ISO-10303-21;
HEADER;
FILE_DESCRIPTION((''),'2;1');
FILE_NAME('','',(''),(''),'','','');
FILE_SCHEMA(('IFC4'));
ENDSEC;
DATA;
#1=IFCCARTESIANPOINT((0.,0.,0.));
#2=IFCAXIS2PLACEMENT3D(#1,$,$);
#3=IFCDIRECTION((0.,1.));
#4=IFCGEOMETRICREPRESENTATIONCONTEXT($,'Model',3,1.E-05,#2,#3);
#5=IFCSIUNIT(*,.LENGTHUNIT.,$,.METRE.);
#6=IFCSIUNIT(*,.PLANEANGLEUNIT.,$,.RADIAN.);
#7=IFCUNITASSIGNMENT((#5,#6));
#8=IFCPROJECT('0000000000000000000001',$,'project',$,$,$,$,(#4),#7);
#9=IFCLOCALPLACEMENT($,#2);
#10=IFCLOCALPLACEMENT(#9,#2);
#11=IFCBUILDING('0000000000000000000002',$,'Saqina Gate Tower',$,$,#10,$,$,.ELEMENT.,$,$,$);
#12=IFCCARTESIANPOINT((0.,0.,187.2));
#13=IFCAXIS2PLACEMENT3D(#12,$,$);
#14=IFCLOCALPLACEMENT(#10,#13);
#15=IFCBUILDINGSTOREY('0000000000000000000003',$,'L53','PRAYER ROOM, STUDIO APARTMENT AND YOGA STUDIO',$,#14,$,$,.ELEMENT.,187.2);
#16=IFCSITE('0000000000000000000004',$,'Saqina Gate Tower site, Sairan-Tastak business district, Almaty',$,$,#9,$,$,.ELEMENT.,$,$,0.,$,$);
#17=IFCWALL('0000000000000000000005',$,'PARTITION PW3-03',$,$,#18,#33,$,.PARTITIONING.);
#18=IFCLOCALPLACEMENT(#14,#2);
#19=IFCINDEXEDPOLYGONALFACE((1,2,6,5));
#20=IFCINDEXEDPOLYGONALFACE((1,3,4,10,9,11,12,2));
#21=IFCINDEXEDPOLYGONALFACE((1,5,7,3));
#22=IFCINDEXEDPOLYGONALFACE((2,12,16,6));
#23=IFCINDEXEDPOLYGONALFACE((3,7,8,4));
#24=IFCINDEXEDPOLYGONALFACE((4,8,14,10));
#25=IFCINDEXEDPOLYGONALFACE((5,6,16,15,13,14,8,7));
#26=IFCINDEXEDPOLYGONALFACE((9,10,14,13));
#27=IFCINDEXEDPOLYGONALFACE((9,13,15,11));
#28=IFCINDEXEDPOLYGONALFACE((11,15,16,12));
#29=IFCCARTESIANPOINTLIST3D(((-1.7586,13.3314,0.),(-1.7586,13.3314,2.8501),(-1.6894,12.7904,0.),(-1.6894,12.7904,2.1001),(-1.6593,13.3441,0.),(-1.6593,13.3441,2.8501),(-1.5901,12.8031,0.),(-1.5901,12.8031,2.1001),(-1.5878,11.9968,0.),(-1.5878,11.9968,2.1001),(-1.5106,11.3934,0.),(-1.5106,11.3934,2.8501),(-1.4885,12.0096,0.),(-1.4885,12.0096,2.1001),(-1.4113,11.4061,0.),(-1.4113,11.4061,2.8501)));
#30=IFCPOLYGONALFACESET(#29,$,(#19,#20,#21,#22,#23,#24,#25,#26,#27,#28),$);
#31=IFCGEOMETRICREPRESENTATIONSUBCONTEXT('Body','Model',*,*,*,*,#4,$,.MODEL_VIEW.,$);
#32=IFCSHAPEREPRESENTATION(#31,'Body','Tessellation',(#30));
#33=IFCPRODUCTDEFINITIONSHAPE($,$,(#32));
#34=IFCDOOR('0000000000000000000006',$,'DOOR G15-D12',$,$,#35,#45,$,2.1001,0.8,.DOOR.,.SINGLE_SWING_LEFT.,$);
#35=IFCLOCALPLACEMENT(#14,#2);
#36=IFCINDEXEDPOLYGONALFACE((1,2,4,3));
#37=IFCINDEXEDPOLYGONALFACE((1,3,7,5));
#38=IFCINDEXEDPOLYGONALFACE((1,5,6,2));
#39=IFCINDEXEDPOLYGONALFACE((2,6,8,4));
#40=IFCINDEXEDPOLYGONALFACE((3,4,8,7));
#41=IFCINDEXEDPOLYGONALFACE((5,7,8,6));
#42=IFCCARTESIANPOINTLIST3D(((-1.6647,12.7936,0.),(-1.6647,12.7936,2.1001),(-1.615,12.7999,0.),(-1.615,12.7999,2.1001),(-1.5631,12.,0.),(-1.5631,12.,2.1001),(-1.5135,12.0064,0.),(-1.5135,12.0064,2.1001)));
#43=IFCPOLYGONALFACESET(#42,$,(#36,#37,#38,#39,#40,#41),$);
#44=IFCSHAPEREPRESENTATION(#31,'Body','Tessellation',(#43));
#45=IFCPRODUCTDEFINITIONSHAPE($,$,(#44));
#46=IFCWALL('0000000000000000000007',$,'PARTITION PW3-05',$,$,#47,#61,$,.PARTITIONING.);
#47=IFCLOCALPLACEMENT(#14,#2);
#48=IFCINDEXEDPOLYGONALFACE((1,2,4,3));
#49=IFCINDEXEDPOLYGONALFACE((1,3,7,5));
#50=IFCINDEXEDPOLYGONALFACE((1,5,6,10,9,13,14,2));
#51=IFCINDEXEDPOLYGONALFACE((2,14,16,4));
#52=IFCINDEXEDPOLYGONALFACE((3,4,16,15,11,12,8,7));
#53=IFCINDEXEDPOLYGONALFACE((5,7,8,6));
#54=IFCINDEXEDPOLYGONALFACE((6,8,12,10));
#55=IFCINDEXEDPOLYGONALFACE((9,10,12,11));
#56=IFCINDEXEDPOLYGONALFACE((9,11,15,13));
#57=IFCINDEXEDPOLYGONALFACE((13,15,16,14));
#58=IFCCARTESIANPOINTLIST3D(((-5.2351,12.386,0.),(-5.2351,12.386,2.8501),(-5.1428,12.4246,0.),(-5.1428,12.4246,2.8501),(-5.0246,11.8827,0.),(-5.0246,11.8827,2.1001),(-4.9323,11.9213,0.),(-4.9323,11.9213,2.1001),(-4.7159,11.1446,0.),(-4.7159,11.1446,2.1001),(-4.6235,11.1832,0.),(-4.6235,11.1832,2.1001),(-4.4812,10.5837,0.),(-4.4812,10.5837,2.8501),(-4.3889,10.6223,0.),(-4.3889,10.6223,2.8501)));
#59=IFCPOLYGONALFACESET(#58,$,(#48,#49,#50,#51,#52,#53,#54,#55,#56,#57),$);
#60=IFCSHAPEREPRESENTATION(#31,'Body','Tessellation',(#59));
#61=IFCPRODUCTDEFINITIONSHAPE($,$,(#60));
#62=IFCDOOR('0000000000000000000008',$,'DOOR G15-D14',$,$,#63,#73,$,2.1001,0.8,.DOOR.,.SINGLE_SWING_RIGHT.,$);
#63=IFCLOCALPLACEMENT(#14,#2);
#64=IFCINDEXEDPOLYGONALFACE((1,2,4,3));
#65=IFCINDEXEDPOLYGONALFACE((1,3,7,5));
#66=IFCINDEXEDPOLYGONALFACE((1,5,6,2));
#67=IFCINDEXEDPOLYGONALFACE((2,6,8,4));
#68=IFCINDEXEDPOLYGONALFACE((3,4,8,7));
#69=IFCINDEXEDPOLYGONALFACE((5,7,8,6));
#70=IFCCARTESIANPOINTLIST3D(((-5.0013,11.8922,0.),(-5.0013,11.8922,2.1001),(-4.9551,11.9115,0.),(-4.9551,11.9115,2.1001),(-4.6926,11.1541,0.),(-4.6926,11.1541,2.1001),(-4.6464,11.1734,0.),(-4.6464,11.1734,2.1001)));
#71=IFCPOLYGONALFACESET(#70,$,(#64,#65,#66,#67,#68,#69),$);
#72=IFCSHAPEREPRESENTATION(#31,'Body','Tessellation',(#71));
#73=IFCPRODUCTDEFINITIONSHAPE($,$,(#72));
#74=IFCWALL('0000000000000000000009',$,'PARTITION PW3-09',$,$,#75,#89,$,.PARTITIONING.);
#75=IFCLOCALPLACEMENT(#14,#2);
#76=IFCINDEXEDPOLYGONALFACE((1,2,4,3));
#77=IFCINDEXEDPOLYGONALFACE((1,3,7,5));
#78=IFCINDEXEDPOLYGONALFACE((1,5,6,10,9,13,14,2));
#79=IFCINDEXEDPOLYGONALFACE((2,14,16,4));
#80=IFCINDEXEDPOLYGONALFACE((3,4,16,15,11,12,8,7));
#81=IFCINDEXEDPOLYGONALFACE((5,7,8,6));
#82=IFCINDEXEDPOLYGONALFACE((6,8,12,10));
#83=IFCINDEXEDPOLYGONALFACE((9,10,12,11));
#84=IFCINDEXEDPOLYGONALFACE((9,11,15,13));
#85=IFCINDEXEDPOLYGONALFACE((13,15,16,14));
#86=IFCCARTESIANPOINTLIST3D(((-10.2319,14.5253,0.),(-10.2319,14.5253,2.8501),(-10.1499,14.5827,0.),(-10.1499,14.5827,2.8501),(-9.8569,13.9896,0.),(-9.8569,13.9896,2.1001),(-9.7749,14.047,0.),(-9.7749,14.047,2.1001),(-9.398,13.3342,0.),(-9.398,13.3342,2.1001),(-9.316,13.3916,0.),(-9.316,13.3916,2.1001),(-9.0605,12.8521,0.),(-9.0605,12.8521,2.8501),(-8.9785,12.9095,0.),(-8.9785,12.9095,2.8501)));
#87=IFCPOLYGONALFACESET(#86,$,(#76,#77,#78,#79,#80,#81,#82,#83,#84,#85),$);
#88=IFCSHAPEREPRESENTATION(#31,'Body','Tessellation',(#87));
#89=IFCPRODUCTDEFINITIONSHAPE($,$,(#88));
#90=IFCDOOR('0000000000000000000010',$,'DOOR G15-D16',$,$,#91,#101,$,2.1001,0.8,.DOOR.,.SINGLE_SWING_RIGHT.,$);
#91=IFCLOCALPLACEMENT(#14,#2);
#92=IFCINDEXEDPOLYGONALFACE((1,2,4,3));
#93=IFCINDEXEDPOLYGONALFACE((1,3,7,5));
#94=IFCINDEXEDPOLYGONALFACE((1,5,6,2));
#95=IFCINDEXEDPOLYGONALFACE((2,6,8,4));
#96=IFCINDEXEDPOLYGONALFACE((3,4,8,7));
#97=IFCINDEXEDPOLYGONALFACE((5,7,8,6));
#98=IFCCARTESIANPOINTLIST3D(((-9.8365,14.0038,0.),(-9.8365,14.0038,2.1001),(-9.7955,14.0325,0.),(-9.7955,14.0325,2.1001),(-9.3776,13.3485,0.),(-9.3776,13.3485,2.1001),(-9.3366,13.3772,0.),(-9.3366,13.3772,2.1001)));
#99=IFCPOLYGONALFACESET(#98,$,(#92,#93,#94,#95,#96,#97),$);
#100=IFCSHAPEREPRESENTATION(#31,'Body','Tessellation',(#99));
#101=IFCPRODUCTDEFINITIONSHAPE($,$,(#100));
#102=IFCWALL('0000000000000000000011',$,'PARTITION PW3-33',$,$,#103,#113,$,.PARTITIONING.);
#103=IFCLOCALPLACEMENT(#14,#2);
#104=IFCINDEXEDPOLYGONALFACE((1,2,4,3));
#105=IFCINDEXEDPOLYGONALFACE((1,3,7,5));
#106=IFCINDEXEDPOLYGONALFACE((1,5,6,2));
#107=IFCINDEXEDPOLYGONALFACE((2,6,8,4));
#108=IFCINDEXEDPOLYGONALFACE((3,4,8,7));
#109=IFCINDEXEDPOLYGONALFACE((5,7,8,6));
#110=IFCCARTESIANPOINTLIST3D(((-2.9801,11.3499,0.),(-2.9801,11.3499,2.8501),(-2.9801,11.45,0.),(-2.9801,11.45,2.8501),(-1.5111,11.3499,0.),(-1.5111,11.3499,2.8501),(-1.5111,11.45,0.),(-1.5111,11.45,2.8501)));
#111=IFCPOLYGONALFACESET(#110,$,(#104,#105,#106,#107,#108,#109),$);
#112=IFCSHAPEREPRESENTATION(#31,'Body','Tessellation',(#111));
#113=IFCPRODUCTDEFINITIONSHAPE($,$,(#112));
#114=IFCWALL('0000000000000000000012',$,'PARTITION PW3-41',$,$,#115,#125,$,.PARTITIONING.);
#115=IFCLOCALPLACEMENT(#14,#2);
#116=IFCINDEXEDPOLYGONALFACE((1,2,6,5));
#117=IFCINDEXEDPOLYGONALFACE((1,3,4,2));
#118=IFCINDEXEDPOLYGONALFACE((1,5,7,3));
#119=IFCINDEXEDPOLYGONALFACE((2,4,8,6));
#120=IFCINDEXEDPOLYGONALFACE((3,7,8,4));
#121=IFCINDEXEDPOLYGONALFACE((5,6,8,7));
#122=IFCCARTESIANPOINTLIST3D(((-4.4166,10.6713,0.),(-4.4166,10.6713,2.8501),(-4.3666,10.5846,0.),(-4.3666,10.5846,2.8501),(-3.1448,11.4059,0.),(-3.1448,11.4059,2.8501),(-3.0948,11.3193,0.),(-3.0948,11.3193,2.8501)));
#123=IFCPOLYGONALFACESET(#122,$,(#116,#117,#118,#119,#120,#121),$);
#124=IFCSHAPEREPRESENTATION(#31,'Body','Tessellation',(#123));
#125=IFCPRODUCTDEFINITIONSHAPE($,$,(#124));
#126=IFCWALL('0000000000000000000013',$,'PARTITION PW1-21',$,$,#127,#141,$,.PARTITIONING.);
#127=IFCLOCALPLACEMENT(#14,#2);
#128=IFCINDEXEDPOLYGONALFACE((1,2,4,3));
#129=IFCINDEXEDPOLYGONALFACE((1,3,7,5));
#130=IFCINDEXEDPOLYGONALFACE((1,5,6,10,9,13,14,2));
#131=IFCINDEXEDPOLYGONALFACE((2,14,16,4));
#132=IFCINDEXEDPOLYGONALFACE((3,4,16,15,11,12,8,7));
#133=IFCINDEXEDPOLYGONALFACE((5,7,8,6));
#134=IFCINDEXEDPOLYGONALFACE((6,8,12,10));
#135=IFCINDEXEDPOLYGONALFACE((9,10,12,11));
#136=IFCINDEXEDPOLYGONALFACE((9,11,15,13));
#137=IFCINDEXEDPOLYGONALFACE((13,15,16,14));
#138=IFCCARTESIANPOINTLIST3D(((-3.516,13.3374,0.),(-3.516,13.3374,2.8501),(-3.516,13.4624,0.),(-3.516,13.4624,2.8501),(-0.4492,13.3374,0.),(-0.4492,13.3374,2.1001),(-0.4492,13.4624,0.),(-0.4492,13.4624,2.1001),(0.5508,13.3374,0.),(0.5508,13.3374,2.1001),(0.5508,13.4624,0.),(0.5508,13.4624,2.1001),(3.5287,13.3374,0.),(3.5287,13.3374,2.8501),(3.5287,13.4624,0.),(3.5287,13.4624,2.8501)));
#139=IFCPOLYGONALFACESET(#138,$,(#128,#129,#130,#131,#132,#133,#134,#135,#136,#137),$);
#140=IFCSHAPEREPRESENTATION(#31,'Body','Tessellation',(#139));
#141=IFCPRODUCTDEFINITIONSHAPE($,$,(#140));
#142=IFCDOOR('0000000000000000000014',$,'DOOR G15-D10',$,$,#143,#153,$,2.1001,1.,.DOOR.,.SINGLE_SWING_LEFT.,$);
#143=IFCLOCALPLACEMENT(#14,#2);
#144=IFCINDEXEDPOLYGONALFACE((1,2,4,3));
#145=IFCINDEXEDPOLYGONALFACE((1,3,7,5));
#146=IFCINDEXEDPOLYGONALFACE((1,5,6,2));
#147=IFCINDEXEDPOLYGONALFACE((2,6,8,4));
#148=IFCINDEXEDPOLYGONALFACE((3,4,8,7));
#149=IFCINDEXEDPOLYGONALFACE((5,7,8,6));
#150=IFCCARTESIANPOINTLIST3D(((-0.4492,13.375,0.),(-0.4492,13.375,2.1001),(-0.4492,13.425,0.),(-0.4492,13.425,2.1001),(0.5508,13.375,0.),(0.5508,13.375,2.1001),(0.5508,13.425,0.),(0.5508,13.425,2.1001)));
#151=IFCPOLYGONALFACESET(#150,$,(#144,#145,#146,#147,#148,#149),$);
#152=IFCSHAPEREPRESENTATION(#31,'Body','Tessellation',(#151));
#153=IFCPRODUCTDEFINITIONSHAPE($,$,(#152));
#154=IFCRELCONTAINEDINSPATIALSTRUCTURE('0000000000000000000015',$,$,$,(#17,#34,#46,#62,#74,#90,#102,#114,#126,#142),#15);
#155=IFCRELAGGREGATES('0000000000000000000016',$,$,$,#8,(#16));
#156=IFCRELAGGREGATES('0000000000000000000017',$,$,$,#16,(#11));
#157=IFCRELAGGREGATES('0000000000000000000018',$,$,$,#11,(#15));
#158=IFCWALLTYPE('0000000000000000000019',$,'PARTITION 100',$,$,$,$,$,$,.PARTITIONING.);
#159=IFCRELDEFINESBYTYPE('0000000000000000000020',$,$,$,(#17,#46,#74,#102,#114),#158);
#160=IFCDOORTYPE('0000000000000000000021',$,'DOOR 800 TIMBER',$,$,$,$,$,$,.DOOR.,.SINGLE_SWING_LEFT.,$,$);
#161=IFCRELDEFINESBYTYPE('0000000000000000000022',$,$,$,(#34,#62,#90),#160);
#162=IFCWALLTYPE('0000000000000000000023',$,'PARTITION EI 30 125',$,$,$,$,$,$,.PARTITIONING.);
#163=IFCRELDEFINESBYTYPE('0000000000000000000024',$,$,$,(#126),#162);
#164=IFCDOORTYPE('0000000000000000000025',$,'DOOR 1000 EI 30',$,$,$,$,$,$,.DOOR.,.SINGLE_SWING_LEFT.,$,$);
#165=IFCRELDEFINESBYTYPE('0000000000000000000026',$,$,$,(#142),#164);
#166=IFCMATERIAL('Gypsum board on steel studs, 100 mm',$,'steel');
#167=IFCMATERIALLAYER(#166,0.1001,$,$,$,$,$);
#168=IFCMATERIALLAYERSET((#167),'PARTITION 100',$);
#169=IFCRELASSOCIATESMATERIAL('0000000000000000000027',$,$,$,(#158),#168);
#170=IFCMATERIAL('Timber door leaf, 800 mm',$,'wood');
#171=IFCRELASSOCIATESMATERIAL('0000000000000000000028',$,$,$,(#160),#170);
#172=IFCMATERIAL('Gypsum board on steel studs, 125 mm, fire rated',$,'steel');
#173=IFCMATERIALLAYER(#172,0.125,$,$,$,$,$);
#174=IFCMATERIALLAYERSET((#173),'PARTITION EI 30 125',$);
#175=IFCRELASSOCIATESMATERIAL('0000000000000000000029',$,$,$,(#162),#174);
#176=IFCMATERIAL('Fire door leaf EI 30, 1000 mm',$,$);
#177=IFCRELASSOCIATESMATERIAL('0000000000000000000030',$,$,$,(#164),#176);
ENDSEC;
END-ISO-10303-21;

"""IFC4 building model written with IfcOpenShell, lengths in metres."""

from ifc_helpers import new_model, si_unit, direction, frame, frame_2d, origin, place, context, subcontext, project, spatial, rectangle, extrude, material, layer, layer_set, type_object, element, fill, save


model = new_model("IFC4")

# Units and contexts
model_context = context("Model", 3, precision=1e-05, world=origin(), true_north=direction((0.0, 1.0)))
body_context = subcontext(model_context, "Body", "Model", "MODEL_VIEW")
ifc_project = project(units=[si_unit("LENGTHUNIT", "METRE"), si_unit("PLANEANGLEUNIT", "RADIAN")], contexts=[model_context])

# Site, building, storey
site_placement = place(None, origin())
site = spatial("IfcSite", under=ifc_project, at=site_placement, Name="Saqina Gate Tower site, Sairan-Tastak business district, Almaty", CompositionType="ELEMENT", RefElevation=0.0)
building_placement = place(site_placement, origin())
building = spatial("IfcBuilding", under=site, at=building_placement, Name="Saqina Gate Tower", CompositionType="ELEMENT")
storey_placement = place(building_placement, frame((0.0, 0.0, 187.2)))
storey = spatial("IfcBuildingStorey", under=building, at=storey_placement, Name="L53", Description="PRAYER ROOM, STUDIO APARTMENT AND YOGA STUDIO", CompositionType="ELEMENT", Elevation=187.2)

# Walls, openings, doors
ifc_material_1 = material(Name="Gypsum board on steel studs, 100 mm", Category="steel")
ifc_layer_1 = layer(ifc_material_1, 0.1001)
ifc_layer_set_1 = layer_set([ifc_layer_1], Name="PARTITION 100")
wall_type_1 = type_object("IfcWallType", Name="PARTITION 100", PredefinedType="PARTITIONING", material=ifc_layer_set_1)
wall_1_placement = place(storey_placement, frame((-1.709, 13.3379, 0.0), z_axis=(0.0, 0.0, 1.0), x_axis=(0.126956, -0.991908, 0.0)))
wall_1 = element("IfcWall", 1, at=wall_1_placement, inside=storey, type_object=wall_type_1, Name="PARTITION PW3-03", PredefinedType="PARTITIONING", context=body_context, shape_type="SweptSolid", body=[
    extrude(rectangle(XDim=1.9539, YDim=0.1001, at=frame_2d((0.9771, 0.0))), origin(), (0.0, 0.0, 1.0), 2.8501),
])
opening_1_placement = place(wall_1_placement, frame((0.5457, 0.0, 0.0)))
opening_1 = element("IfcOpeningElement", 2, at=opening_1_placement, cuts=wall_1, PredefinedType="OPENING", context=body_context, shape_type="SweptSolid", body=[
    extrude(rectangle(XDim=0.8, YDim=2.1001, at=frame_2d((0.3999, 1.05))), frame((0.0, 0.062, 0.0), z_axis=(0.0, -1.0, 0.0), x_axis=(1.0, 0.0, 0.0)), (0.0, 0.0, 1.0), 0.124),
])
ifc_material_2 = material(Name="Timber door leaf, 800 mm", Category="wood")
door_type_1 = type_object("IfcDoorType", Name="DOOR 800 TIMBER", OperationType="SINGLE_SWING_LEFT", PredefinedType="DOOR", material=ifc_material_2)
door_1_placement = place(opening_1_placement, origin())
door_1 = element("IfcDoor", 3, at=door_1_placement, inside=storey, type_object=door_type_1, Name="DOOR G15-D12", OperationType="SINGLE_SWING_LEFT", OverallHeight=2.1001, OverallWidth=0.8, PredefinedType="DOOR", context=body_context, shape_type="SweptSolid", body=[
    extrude(rectangle(XDim=0.8, YDim=2.1001, at=frame_2d((0.3999, 1.05))), frame((0.0, 0.0249, 0.0), z_axis=(0.0, -1.0, 0.0), x_axis=(1.0, 0.0, 0.0)), (0.0, 0.0, 1.0), 0.05),
])
fill(opening_1, door_1)
wall_2_placement = place(storey_placement, frame((-5.189, 12.4053, 0.0), z_axis=(0.0, 0.0, 1.0), x_axis=(0.385911, -0.922536, 0.0)))
wall_2 = element("IfcWall", 4, at=wall_2_placement, inside=storey, type_object=wall_type_1, Name="PARTITION PW3-05", PredefinedType="PARTITIONING", context=body_context, shape_type="SweptSolid", body=[
    extrude(rectangle(XDim=1.9536, YDim=0.1001, at=frame_2d((0.9768, 0.0))), origin(), (0.0, 0.0, 1.0), 2.8501),
])
opening_2_placement = place(wall_2_placement, frame((0.5457, 0.0, 0.0)))
opening_2 = element("IfcOpeningElement", 5, at=opening_2_placement, cuts=wall_2, PredefinedType="OPENING", context=body_context, shape_type="SweptSolid", body=[
    extrude(rectangle(XDim=0.8, YDim=2.1001, at=frame_2d((0.3999, 1.05))), frame((0.0, 0.062, 0.0), z_axis=(0.0, -1.0, 0.0), x_axis=(1.0, 0.0, 0.0)), (0.0, 0.0, 1.0), 0.124),
])
door_2_placement = place(opening_2_placement, frame((0.8, 0.0, 0.0), z_axis=(0.0, 0.0, 1.0), x_axis=(-1.0, 0.0, 0.0)))
door_2 = element("IfcDoor", 6, at=door_2_placement, inside=storey, type_object=door_type_1, Name="DOOR G15-D14", OperationType="SINGLE_SWING_RIGHT", OverallHeight=2.1001, OverallWidth=0.8, PredefinedType="DOOR", context=body_context, shape_type="SweptSolid", body=[
    extrude(rectangle(XDim=0.8, YDim=2.1001, at=frame_2d((0.3999, 1.05))), frame((0.0, 0.0249, 0.0), z_axis=(0.0, -1.0, 0.0), x_axis=(1.0, 0.0, 0.0)), (0.0, 0.0, 1.0), 0.05),
])
fill(opening_2, door_2)
wall_3_placement = place(storey_placement, frame((-10.1909, 14.554, 0.0), z_axis=(0.0, 0.0, 1.0), x_axis=(0.573535, -0.819181, 0.0)))
wall_3 = element("IfcWall", 7, at=wall_3_placement, inside=storey, type_object=wall_type_1, Name="PARTITION PW3-09", PredefinedType="PARTITIONING", context=body_context, shape_type="SweptSolid", body=[
    extrude(rectangle(XDim=2.0425, YDim=0.1001, at=frame_2d((1.0212, 0.0))), origin(), (0.0, 0.0, 1.0), 2.8501),
])
opening_3_placement = place(wall_3_placement, frame((0.6541, 0.0, 0.0)))
opening_3 = element("IfcOpeningElement", 8, at=opening_3_placement, cuts=wall_3, PredefinedType="OPENING", context=body_context, shape_type="SweptSolid", body=[
    extrude(rectangle(XDim=0.8, YDim=2.1001, at=frame_2d((0.3999, 1.05))), frame((0.0, 0.062, 0.0), z_axis=(0.0, -1.0, 0.0), x_axis=(1.0, 0.0, 0.0)), (0.0, 0.0, 1.0), 0.124),
])
door_3_placement = place(opening_3_placement, origin())
door_3 = element("IfcDoor", 9, at=door_3_placement, inside=storey, type_object=door_type_1, Name="DOOR G15-D16", OperationType="SINGLE_SWING_RIGHT", OverallHeight=2.1001, OverallWidth=0.8, PredefinedType="DOOR", context=body_context, shape_type="SweptSolid", body=[
    extrude(rectangle(XDim=0.8, YDim=2.1001, at=frame_2d((0.3999, 1.05))), frame((0.0, 0.0249, 0.0), z_axis=(0.0, -1.0, 0.0), x_axis=(1.0, 0.0, 0.0)), (0.0, 0.0, 1.0), 0.05),
])
fill(opening_3, door_3)

# Walls
wall_4_placement = place(storey_placement, frame((-2.98, 11.3999, 0.0), z_axis=(0.0, 0.0, 1.0), x_axis=(1.0, 0.0, 0.0)))
element("IfcWall", 10, at=wall_4_placement, inside=storey, type_object=wall_type_1, Name="PARTITION PW3-33", PredefinedType="PARTITIONING", context=body_context, shape_type="SweptSolid", body=[
    extrude(rectangle(XDim=1.469, YDim=0.1001, at=frame_2d((0.7344, 0.0))), origin(), (0.0, 0.0, 1.0), 2.8501),
])
wall_5_placement = place(storey_placement, frame((-4.3916, 10.6279, 0.0), z_axis=(0.0, 0.0, 1.0), x_axis=(0.865911, 0.500197, 0.0)))
element("IfcWall", 11, at=wall_5_placement, inside=storey, type_object=wall_type_1, Name="PARTITION PW3-41", PredefinedType="PARTITIONING", context=body_context, shape_type="SweptSolid", body=[
    extrude(rectangle(XDim=1.4688, YDim=0.1001, at=frame_2d((0.7344, 0.0))), origin(), (0.0, 0.0, 1.0), 2.8501),
])

# Wall, opening, door
ifc_material_3 = material(Name="Gypsum board on steel studs, 125 mm, fire rated", Category="steel")
ifc_layer_2 = layer(ifc_material_3, 0.125)
ifc_layer_set_2 = layer_set([ifc_layer_2], Name="PARTITION EI 30 125")
wall_type_2 = type_object("IfcWallType", Name="PARTITION EI 30 125", PredefinedType="PARTITIONING", material=ifc_layer_set_2)
wall_6_placement = place(storey_placement, frame((-3.5161, 13.3999, 0.0), z_axis=(0.0, 0.0, 1.0), x_axis=(1.0, 0.0, 0.0)))
wall_6 = element("IfcWall", 12, at=wall_6_placement, inside=storey, type_object=wall_type_2, Name="PARTITION PW1-21", PredefinedType="PARTITIONING", context=body_context, shape_type="SweptSolid", body=[
    extrude(rectangle(XDim=7.0447, YDim=0.125, at=frame_2d((3.5225, 0.0))), origin(), (0.0, 0.0, 1.0), 2.8501),
])
opening_4_placement = place(wall_6_placement, frame((3.0669, 0.0, 0.0)))
opening_4 = element("IfcOpeningElement", 13, at=opening_4_placement, cuts=wall_6, PredefinedType="OPENING", context=body_context, shape_type="SweptSolid", body=[
    extrude(rectangle(XDim=1.0, YDim=2.1001, at=frame_2d((0.5, 1.05))), frame((0.0, 0.0745, 0.0), z_axis=(0.0, -1.0, 0.0), x_axis=(1.0, 0.0, 0.0)), (0.0, 0.0, 1.0), 0.1489),
])
ifc_material_4 = material(Name="Fire door leaf EI 30, 1000 mm")
door_type_2 = type_object("IfcDoorType", Name="DOOR 1000 EI 30", OperationType="SINGLE_SWING_LEFT", PredefinedType="DOOR", material=ifc_material_4)
door_4_placement = place(opening_4_placement, frame((1.0, 0.0, 0.0), z_axis=(0.0, 0.0, 1.0), x_axis=(-1.0, 0.0, 0.0)))
door_4 = element("IfcDoor", 14, at=door_4_placement, inside=storey, type_object=door_type_2, Name="DOOR G15-D10", OperationType="SINGLE_SWING_LEFT", OverallHeight=2.1001, OverallWidth=1.0, PredefinedType="DOOR", context=body_context, shape_type="SweptSolid", body=[
    extrude(rectangle(XDim=1.0, YDim=2.1001, at=frame_2d((0.5, 1.05))), frame((0.0, 0.0249, 0.0), z_axis=(0.0, -1.0, 0.0), x_axis=(1.0, 0.0, 0.0)), (0.0, 0.0, 1.0), 0.05),
])
fill(opening_4, door_4)

save(model, "model.ifc")
